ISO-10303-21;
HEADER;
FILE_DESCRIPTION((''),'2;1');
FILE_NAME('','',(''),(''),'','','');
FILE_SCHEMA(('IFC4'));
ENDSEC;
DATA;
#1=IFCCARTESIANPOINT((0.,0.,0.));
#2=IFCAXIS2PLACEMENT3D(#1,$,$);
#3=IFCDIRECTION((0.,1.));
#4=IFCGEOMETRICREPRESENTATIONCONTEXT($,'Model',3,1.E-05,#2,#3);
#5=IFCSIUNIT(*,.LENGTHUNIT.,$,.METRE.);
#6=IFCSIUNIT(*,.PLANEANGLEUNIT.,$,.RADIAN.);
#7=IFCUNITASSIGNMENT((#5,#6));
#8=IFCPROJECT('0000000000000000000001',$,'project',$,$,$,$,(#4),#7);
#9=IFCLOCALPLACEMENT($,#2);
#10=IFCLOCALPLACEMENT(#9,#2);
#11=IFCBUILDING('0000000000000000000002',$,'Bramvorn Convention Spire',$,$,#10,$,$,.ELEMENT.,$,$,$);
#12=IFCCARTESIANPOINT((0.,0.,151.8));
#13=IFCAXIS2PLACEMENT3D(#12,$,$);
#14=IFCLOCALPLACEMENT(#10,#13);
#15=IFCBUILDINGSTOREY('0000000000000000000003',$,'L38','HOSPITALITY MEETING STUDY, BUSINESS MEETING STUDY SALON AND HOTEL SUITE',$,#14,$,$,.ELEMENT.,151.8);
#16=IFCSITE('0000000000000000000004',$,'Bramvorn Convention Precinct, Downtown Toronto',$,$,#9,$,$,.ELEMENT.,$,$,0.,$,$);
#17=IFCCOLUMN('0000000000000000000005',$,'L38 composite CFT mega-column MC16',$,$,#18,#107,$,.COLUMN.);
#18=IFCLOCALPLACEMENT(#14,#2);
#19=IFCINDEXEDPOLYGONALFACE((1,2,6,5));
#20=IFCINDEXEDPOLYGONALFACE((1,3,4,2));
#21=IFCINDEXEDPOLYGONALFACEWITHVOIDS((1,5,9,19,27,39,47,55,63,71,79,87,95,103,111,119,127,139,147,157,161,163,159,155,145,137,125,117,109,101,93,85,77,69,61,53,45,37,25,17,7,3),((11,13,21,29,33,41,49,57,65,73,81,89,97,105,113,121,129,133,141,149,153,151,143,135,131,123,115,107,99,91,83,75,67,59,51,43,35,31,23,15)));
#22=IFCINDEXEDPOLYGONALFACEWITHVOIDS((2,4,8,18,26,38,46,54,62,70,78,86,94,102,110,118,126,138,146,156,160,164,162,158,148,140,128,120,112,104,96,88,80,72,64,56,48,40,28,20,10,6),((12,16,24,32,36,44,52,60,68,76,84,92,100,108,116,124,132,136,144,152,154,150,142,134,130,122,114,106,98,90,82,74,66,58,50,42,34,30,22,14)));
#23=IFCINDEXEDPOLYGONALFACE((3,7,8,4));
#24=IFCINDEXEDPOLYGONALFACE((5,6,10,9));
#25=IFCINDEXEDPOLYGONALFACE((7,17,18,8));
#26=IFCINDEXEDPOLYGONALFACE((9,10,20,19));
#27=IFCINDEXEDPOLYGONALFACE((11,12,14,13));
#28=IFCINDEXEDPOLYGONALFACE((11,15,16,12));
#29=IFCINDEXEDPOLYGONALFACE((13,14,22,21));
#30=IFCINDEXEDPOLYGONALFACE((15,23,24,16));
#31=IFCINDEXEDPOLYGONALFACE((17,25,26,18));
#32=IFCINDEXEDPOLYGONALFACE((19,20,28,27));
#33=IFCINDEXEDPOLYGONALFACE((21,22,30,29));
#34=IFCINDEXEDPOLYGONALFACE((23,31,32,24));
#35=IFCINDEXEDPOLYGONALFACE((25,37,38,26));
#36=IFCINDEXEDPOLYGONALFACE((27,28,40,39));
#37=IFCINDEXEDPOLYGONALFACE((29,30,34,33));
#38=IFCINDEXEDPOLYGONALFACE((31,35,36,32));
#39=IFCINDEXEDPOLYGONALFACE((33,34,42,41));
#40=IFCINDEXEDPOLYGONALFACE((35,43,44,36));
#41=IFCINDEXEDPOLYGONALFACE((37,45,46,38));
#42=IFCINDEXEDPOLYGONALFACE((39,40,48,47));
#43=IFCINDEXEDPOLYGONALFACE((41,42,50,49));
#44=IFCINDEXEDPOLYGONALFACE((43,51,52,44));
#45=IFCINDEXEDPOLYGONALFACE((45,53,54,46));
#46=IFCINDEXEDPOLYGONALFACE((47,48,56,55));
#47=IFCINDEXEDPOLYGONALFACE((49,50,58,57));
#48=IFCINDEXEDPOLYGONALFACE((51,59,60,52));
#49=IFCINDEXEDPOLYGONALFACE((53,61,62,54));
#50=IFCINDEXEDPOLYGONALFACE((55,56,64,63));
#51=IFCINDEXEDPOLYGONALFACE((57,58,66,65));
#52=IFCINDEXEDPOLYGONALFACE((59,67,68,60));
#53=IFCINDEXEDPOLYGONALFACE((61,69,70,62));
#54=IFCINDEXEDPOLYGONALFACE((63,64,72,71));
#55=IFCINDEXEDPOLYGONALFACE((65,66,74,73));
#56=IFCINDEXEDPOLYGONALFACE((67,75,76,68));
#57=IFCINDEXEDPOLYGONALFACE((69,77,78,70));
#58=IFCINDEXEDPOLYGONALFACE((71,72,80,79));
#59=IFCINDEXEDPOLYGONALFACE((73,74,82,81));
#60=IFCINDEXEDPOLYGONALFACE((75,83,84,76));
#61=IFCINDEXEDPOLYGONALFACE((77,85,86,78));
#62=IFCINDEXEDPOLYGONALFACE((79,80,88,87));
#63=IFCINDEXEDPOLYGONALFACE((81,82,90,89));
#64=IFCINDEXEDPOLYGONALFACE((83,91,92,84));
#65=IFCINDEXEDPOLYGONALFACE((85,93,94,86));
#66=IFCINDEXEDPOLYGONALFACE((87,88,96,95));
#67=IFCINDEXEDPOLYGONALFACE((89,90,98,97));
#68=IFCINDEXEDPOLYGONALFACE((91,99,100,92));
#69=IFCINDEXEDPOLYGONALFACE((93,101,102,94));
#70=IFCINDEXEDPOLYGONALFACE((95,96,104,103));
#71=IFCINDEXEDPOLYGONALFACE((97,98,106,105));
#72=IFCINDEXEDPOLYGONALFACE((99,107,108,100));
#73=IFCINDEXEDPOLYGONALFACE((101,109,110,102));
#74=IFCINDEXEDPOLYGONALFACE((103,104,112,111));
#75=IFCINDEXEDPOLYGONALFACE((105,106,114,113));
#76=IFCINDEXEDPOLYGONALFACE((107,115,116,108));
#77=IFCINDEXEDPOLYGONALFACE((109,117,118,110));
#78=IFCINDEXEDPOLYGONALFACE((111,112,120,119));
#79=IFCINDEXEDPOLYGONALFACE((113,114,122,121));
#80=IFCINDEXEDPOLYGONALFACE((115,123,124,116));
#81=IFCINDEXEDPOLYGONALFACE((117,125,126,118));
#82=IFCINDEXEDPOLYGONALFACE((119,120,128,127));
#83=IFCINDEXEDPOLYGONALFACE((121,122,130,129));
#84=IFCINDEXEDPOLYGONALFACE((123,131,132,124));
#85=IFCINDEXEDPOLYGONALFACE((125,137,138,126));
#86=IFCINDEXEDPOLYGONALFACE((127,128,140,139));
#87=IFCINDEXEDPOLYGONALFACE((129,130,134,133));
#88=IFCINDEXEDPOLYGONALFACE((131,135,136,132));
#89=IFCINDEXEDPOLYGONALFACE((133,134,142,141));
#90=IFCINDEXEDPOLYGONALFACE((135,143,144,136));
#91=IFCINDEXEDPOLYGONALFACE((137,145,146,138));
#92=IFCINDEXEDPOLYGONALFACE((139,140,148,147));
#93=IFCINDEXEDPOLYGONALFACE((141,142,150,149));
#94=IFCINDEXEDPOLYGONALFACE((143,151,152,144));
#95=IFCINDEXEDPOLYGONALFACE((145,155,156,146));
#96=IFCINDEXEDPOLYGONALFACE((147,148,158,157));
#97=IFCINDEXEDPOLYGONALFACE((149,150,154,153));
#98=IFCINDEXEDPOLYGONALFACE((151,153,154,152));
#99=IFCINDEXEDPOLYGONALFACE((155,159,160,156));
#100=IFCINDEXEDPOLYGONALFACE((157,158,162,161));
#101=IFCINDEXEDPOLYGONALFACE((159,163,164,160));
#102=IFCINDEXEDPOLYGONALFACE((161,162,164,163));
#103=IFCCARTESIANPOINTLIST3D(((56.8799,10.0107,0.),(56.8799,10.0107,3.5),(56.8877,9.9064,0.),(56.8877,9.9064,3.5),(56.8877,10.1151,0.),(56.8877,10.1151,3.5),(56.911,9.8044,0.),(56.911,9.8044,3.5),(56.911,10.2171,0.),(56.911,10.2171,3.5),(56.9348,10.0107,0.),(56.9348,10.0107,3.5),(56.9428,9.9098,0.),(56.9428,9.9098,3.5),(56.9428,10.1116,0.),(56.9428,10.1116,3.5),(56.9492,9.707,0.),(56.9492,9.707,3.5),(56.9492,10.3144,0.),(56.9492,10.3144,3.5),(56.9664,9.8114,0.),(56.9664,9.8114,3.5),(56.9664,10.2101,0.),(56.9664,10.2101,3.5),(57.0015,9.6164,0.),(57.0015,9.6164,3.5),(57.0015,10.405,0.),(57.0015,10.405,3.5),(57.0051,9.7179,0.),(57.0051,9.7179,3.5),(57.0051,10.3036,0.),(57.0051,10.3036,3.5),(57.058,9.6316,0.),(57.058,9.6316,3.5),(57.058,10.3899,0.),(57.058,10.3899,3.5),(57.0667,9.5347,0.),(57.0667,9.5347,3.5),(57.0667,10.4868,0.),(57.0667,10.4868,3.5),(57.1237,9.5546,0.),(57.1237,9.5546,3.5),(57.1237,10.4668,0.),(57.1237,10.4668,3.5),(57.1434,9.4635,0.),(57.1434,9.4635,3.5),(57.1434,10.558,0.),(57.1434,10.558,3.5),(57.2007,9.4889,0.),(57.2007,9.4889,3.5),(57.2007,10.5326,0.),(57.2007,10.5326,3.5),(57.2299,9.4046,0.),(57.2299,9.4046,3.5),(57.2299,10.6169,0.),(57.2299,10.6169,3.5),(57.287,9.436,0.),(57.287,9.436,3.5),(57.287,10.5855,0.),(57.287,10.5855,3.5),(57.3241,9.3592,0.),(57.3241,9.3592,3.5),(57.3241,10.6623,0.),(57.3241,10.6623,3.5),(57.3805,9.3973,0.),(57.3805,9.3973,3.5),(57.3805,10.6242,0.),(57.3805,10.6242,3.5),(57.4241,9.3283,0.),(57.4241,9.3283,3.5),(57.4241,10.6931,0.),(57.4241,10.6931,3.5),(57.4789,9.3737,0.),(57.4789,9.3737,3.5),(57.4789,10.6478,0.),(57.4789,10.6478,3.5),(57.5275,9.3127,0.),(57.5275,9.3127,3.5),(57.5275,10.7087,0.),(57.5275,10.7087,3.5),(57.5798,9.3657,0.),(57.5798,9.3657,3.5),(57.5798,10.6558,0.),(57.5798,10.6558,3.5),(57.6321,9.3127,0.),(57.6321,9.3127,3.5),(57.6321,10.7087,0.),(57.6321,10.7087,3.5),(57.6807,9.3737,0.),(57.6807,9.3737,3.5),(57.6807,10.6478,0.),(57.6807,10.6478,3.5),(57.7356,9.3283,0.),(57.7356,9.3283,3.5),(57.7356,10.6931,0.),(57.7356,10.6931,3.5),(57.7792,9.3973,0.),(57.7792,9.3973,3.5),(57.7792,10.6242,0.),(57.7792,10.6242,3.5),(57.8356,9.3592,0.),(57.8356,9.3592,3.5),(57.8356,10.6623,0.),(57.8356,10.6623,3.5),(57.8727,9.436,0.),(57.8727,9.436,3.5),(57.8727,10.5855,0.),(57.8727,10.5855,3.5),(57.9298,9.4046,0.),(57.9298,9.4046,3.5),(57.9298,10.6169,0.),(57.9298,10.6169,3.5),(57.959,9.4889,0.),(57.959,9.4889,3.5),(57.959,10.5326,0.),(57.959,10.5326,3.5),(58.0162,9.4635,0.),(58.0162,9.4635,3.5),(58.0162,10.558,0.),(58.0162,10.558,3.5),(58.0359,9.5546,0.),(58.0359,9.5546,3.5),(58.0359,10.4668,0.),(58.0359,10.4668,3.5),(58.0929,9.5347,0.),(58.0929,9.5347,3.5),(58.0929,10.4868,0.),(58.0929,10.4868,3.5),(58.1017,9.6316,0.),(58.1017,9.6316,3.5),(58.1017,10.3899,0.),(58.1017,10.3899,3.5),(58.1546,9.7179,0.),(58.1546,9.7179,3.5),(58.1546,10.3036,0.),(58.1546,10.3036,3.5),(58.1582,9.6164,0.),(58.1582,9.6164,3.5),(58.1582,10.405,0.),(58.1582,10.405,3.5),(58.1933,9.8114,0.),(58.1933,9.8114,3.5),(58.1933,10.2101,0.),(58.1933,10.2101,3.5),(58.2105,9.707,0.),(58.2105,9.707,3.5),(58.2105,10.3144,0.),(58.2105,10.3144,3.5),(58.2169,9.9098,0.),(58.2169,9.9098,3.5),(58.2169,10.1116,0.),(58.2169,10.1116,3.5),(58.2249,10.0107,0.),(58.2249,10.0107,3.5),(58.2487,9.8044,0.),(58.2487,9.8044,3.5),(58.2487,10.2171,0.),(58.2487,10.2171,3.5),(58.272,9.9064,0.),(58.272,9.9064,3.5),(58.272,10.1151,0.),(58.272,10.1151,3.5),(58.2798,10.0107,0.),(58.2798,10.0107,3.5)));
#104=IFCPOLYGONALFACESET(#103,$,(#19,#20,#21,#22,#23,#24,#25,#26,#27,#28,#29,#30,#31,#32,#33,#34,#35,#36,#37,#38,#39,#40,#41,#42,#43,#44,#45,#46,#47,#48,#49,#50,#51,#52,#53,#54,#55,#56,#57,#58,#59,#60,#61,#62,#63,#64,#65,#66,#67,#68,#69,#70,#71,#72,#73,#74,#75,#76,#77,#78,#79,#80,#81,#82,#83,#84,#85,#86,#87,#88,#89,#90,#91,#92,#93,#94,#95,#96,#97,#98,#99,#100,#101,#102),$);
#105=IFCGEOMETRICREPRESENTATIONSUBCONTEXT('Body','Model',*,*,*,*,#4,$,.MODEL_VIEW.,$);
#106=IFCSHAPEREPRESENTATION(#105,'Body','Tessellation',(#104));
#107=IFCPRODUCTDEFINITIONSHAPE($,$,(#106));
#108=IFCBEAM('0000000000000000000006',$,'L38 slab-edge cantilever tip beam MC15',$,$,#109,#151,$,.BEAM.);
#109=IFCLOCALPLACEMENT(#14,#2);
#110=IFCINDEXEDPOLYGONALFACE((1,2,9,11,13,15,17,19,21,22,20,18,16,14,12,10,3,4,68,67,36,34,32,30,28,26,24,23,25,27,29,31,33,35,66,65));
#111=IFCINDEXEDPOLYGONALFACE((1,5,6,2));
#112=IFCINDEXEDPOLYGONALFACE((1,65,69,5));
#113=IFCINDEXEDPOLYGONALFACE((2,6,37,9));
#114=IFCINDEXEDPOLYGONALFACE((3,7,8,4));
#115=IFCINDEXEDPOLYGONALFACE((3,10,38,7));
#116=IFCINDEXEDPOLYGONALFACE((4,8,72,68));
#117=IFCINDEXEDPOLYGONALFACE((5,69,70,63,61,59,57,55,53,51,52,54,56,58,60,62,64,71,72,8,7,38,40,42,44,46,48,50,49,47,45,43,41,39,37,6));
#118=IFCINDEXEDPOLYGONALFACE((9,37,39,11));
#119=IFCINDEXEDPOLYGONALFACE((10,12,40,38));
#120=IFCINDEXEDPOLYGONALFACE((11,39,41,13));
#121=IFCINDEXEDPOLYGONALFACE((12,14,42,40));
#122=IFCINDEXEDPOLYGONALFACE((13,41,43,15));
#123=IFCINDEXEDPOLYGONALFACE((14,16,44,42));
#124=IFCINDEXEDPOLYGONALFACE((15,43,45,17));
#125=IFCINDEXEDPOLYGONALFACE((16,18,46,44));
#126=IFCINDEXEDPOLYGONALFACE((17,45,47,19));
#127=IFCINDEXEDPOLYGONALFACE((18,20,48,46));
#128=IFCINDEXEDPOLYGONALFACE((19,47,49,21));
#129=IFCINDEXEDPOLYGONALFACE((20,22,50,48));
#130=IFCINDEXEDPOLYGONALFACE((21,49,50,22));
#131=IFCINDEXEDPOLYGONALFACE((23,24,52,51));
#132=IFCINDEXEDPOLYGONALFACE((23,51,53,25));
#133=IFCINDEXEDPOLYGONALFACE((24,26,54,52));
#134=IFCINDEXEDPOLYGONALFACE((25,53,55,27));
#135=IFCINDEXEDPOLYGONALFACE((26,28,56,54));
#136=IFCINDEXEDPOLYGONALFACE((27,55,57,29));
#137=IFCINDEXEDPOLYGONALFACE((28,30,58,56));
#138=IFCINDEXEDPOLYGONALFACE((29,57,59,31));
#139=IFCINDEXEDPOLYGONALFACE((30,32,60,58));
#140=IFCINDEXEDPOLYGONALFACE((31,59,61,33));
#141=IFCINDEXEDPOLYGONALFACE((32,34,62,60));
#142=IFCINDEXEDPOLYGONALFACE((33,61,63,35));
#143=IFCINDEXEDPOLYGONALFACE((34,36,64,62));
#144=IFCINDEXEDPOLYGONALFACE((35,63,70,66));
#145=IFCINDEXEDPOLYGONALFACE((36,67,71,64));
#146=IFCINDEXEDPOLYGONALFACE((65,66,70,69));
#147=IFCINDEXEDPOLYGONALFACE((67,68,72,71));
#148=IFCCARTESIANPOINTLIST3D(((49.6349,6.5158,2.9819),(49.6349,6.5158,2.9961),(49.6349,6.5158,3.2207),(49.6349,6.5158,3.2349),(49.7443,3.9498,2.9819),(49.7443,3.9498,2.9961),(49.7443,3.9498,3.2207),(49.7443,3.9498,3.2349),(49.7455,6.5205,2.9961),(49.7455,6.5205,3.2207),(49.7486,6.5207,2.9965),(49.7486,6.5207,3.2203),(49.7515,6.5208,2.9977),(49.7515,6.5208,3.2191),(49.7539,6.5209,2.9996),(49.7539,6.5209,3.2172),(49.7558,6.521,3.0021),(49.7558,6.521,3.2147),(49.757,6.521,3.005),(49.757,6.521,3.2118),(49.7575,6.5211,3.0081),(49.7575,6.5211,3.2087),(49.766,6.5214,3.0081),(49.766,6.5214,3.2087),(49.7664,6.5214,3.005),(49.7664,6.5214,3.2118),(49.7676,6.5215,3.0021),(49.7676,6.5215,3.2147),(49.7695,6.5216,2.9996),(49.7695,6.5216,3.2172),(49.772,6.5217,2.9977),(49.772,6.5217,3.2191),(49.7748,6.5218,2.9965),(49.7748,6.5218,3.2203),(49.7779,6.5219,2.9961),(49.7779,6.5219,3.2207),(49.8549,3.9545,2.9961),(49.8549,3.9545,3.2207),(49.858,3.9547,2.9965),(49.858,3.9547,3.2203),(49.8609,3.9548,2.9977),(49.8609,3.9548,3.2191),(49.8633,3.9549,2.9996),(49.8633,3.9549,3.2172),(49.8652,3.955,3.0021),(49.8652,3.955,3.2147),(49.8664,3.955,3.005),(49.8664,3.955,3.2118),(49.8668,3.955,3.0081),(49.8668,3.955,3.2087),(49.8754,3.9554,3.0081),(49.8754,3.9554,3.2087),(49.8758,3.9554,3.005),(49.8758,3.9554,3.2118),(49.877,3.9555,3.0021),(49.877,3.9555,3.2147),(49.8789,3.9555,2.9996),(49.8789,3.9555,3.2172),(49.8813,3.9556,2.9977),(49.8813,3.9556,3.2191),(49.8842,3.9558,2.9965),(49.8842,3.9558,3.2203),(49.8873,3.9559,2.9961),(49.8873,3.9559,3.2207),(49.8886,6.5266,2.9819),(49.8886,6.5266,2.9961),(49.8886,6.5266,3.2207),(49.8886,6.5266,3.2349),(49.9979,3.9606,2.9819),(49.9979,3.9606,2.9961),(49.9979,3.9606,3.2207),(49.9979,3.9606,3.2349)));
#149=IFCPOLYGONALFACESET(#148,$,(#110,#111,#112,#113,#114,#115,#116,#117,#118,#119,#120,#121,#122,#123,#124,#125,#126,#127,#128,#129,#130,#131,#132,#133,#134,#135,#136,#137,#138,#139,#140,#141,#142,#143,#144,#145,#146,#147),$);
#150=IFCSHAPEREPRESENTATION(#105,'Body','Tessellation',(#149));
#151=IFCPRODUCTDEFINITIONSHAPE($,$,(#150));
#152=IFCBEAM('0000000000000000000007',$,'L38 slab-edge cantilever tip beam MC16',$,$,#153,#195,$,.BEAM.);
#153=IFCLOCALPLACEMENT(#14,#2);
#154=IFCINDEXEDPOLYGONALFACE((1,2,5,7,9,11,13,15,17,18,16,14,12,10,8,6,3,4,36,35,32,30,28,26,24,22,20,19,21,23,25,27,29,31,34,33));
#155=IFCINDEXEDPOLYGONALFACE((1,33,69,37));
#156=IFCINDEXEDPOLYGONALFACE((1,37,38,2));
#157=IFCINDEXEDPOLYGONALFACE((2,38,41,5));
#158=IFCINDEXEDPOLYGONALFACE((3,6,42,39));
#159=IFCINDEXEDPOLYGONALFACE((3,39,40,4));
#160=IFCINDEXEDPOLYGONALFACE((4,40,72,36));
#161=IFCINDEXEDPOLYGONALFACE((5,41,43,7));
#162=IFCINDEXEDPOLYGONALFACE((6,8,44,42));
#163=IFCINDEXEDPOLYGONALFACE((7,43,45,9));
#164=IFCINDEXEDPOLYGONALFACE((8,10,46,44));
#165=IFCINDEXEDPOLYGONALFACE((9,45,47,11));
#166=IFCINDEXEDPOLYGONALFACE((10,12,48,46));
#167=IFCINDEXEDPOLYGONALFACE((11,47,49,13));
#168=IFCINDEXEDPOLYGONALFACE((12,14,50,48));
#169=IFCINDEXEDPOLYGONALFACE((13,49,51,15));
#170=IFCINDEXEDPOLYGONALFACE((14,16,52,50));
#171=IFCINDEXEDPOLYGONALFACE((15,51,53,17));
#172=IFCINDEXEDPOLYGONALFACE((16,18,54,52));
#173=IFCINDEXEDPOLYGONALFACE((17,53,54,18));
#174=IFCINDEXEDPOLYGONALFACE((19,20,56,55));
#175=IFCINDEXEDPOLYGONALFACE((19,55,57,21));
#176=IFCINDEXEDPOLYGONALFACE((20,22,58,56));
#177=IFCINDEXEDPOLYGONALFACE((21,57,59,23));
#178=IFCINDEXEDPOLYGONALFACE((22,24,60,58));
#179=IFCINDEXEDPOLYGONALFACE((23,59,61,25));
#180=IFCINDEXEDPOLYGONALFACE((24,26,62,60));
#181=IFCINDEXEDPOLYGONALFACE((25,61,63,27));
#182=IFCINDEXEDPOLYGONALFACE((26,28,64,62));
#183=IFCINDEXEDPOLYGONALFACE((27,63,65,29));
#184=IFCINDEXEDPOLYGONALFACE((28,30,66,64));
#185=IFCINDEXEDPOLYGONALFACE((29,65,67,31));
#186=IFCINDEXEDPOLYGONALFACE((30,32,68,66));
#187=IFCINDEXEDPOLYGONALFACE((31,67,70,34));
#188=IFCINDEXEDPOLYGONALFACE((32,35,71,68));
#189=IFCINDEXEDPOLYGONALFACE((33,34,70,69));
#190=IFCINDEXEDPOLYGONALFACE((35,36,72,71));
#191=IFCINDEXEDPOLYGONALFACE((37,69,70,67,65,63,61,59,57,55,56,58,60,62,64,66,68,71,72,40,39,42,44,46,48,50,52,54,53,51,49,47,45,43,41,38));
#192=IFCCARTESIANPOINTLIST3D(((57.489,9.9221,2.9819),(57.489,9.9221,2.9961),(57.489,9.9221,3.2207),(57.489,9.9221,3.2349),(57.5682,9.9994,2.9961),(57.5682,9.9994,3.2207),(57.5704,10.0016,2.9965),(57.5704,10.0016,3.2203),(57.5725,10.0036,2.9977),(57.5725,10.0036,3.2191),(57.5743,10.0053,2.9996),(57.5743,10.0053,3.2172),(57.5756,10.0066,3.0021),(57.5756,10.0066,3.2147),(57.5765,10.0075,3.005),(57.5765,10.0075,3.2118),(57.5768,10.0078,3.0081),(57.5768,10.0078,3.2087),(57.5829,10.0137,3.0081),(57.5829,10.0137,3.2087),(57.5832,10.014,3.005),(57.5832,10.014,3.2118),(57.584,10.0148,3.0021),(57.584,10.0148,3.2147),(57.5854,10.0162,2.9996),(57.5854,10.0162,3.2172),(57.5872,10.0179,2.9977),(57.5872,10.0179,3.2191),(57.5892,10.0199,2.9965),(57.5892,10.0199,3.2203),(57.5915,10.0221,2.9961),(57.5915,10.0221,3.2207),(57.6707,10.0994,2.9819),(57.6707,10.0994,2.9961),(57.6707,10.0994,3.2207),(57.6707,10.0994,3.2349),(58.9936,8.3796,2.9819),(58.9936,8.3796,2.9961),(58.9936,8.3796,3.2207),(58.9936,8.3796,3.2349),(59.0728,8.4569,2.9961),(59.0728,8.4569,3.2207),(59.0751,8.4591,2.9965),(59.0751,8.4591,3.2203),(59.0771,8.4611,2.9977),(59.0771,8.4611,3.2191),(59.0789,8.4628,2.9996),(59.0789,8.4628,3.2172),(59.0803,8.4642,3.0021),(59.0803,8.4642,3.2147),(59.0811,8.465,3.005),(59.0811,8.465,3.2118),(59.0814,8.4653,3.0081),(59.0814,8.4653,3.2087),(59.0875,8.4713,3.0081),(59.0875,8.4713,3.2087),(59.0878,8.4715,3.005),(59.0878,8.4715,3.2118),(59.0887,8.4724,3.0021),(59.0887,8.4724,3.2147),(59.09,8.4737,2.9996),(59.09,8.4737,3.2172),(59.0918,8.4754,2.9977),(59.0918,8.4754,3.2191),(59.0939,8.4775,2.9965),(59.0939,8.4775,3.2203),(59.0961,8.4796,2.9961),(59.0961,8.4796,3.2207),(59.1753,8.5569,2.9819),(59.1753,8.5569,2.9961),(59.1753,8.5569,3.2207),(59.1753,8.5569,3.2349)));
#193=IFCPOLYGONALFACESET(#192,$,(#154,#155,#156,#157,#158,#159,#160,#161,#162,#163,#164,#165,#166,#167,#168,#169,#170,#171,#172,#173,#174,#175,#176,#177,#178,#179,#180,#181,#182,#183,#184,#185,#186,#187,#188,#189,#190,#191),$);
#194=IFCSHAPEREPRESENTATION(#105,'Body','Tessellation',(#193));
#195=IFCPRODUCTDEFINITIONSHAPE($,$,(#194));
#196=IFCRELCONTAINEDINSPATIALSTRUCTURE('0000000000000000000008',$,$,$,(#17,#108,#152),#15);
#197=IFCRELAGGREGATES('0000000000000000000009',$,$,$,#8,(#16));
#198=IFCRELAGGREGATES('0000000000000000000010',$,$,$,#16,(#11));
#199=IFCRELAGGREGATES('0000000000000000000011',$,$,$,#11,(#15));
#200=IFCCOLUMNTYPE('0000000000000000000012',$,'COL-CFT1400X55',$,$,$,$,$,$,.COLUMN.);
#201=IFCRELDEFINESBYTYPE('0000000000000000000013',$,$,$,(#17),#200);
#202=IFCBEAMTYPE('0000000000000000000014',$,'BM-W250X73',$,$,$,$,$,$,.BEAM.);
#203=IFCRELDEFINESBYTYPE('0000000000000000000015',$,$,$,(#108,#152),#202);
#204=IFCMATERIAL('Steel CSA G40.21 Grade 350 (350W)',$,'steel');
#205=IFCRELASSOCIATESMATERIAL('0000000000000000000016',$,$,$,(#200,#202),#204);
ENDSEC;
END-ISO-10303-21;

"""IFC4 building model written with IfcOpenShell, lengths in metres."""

from ifc_helpers import new_model, si_unit, direction, frame, origin, origin_2d, place, context, subcontext, project, spatial, hollow_circle, i_section, extrude, material, material_profile, profile_set, type_object, element, save


model = new_model("IFC4")

# Units and contexts
model_context = context("Model", 3, precision=1e-05, world=origin(), true_north=direction((0.0, 1.0)))
body_context = subcontext(model_context, "Body", "Model", "MODEL_VIEW")
ifc_project = project(units=[si_unit("LENGTHUNIT", "METRE"), si_unit("PLANEANGLEUNIT", "RADIAN")], contexts=[model_context])

# Site, building, storey
site_placement = place(None, origin())
site = spatial("IfcSite", under=ifc_project, at=site_placement, Name="Bramvorn Convention Precinct, Downtown Toronto", CompositionType="ELEMENT", RefElevation=0.0)
building_placement = place(site_placement, origin())
building = spatial("IfcBuilding", under=site, at=building_placement, Name="Bramvorn Convention Spire", CompositionType="ELEMENT")
storey_placement = place(building_placement, frame((0.0, 0.0, 151.8)))
storey = spatial("IfcBuildingStorey", under=building, at=storey_placement, Name="L38", Description="HOSPITALITY MEETING STUDY, BUSINESS MEETING STUDY SALON AND HOTEL SUITE", CompositionType="ELEMENT", Elevation=151.8)

# Column
ifc_material_1 = material(Name="Steel CSA G40.21 Grade 350 (350W)", Category="steel")
ifc_material_profile_1 = material_profile(ifc_material_1, hollow_circle(Radius=0.7, WallThickness=0.0549, at=origin_2d()))
ifc_profile_set_1 = profile_set([ifc_material_profile_1], Name="Steel CSA G40.21 Grade 350 (350W) - CFT1400X55")
column_type = type_object("IfcColumnType", Name="COL-CFT1400X55", PredefinedType="COLUMN", material=ifc_profile_set_1)
for number, where, z_axis, x_axis, name in (
    (1, (57.5798, 10.0107, 0.0), (0.0, 0.0, 1.0), (1.0, 0.0, 0.0), "L38 composite CFT mega-column MC16"),
):
    element("IfcColumn", number, at=place(storey_placement, frame(where, z_axis=z_axis, x_axis=x_axis)), inside=storey, type_object=column_type, Name=name, PredefinedType="COLUMN", context=body_context, shape_type="SweptSolid", body=[
        extrude(hollow_circle(Radius=0.7, WallThickness=0.0549, at=origin_2d()), origin(), (0.0, 0.0, 1.0), 3.5),
    ])

# Beams
ifc_material_profile_2 = material_profile(ifc_material_1, i_section(OverallWidth=0.2539, OverallDepth=0.2529, WebThickness=0.0085, FlangeThickness=0.0142, FilletRadius=0.012, at=origin_2d()))
ifc_profile_set_2 = profile_set([ifc_material_profile_2], Name="Steel CSA G40.21 Grade 350 (350W) - W250X73")
beam_type_1 = type_object("IfcBeamType", Name="BM-W250X73", PredefinedType="BEAM", material=ifc_profile_set_2)
beam_1_placement = place(storey_placement, frame((49.7617, 6.5212, 3.1084), z_axis=(0.042587, -0.999093, 0.0), x_axis=(0.999093, 0.042587, 0.0)))
element("IfcBeam", 2, at=beam_1_placement, inside=storey, type_object=beam_type_1, Name="L38 slab-edge cantilever tip beam MC15", PredefinedType="BEAM", context=body_context, shape_type="SweptSolid", body=[
    extrude(i_section(OverallWidth=0.2539, OverallDepth=0.2529, WebThickness=0.0085, FlangeThickness=0.0142, FilletRadius=0.012, at=origin_2d()), origin(), (0.0, 0.0, 1.0), 2.5684),
])
beam_2_placement = place(storey_placement, frame((57.5798, 10.0107, 3.1084), z_axis=(0.698271, -0.715833, 0.0), x_axis=(0.715833, 0.698271, 0.0)))
element("IfcBeam", 3, at=beam_2_placement, inside=storey, type_object=beam_type_1, Name="L38 slab-edge cantilever tip beam MC16", PredefinedType="BEAM", context=body_context, shape_type="SweptSolid", body=[
    extrude(i_section(OverallWidth=0.2539, OverallDepth=0.2529, WebThickness=0.0085, FlangeThickness=0.0142, FilletRadius=0.012, at=origin_2d()), origin(), (0.0, 0.0, 1.0), 2.1548),
])

save(model, "model.ifc")
